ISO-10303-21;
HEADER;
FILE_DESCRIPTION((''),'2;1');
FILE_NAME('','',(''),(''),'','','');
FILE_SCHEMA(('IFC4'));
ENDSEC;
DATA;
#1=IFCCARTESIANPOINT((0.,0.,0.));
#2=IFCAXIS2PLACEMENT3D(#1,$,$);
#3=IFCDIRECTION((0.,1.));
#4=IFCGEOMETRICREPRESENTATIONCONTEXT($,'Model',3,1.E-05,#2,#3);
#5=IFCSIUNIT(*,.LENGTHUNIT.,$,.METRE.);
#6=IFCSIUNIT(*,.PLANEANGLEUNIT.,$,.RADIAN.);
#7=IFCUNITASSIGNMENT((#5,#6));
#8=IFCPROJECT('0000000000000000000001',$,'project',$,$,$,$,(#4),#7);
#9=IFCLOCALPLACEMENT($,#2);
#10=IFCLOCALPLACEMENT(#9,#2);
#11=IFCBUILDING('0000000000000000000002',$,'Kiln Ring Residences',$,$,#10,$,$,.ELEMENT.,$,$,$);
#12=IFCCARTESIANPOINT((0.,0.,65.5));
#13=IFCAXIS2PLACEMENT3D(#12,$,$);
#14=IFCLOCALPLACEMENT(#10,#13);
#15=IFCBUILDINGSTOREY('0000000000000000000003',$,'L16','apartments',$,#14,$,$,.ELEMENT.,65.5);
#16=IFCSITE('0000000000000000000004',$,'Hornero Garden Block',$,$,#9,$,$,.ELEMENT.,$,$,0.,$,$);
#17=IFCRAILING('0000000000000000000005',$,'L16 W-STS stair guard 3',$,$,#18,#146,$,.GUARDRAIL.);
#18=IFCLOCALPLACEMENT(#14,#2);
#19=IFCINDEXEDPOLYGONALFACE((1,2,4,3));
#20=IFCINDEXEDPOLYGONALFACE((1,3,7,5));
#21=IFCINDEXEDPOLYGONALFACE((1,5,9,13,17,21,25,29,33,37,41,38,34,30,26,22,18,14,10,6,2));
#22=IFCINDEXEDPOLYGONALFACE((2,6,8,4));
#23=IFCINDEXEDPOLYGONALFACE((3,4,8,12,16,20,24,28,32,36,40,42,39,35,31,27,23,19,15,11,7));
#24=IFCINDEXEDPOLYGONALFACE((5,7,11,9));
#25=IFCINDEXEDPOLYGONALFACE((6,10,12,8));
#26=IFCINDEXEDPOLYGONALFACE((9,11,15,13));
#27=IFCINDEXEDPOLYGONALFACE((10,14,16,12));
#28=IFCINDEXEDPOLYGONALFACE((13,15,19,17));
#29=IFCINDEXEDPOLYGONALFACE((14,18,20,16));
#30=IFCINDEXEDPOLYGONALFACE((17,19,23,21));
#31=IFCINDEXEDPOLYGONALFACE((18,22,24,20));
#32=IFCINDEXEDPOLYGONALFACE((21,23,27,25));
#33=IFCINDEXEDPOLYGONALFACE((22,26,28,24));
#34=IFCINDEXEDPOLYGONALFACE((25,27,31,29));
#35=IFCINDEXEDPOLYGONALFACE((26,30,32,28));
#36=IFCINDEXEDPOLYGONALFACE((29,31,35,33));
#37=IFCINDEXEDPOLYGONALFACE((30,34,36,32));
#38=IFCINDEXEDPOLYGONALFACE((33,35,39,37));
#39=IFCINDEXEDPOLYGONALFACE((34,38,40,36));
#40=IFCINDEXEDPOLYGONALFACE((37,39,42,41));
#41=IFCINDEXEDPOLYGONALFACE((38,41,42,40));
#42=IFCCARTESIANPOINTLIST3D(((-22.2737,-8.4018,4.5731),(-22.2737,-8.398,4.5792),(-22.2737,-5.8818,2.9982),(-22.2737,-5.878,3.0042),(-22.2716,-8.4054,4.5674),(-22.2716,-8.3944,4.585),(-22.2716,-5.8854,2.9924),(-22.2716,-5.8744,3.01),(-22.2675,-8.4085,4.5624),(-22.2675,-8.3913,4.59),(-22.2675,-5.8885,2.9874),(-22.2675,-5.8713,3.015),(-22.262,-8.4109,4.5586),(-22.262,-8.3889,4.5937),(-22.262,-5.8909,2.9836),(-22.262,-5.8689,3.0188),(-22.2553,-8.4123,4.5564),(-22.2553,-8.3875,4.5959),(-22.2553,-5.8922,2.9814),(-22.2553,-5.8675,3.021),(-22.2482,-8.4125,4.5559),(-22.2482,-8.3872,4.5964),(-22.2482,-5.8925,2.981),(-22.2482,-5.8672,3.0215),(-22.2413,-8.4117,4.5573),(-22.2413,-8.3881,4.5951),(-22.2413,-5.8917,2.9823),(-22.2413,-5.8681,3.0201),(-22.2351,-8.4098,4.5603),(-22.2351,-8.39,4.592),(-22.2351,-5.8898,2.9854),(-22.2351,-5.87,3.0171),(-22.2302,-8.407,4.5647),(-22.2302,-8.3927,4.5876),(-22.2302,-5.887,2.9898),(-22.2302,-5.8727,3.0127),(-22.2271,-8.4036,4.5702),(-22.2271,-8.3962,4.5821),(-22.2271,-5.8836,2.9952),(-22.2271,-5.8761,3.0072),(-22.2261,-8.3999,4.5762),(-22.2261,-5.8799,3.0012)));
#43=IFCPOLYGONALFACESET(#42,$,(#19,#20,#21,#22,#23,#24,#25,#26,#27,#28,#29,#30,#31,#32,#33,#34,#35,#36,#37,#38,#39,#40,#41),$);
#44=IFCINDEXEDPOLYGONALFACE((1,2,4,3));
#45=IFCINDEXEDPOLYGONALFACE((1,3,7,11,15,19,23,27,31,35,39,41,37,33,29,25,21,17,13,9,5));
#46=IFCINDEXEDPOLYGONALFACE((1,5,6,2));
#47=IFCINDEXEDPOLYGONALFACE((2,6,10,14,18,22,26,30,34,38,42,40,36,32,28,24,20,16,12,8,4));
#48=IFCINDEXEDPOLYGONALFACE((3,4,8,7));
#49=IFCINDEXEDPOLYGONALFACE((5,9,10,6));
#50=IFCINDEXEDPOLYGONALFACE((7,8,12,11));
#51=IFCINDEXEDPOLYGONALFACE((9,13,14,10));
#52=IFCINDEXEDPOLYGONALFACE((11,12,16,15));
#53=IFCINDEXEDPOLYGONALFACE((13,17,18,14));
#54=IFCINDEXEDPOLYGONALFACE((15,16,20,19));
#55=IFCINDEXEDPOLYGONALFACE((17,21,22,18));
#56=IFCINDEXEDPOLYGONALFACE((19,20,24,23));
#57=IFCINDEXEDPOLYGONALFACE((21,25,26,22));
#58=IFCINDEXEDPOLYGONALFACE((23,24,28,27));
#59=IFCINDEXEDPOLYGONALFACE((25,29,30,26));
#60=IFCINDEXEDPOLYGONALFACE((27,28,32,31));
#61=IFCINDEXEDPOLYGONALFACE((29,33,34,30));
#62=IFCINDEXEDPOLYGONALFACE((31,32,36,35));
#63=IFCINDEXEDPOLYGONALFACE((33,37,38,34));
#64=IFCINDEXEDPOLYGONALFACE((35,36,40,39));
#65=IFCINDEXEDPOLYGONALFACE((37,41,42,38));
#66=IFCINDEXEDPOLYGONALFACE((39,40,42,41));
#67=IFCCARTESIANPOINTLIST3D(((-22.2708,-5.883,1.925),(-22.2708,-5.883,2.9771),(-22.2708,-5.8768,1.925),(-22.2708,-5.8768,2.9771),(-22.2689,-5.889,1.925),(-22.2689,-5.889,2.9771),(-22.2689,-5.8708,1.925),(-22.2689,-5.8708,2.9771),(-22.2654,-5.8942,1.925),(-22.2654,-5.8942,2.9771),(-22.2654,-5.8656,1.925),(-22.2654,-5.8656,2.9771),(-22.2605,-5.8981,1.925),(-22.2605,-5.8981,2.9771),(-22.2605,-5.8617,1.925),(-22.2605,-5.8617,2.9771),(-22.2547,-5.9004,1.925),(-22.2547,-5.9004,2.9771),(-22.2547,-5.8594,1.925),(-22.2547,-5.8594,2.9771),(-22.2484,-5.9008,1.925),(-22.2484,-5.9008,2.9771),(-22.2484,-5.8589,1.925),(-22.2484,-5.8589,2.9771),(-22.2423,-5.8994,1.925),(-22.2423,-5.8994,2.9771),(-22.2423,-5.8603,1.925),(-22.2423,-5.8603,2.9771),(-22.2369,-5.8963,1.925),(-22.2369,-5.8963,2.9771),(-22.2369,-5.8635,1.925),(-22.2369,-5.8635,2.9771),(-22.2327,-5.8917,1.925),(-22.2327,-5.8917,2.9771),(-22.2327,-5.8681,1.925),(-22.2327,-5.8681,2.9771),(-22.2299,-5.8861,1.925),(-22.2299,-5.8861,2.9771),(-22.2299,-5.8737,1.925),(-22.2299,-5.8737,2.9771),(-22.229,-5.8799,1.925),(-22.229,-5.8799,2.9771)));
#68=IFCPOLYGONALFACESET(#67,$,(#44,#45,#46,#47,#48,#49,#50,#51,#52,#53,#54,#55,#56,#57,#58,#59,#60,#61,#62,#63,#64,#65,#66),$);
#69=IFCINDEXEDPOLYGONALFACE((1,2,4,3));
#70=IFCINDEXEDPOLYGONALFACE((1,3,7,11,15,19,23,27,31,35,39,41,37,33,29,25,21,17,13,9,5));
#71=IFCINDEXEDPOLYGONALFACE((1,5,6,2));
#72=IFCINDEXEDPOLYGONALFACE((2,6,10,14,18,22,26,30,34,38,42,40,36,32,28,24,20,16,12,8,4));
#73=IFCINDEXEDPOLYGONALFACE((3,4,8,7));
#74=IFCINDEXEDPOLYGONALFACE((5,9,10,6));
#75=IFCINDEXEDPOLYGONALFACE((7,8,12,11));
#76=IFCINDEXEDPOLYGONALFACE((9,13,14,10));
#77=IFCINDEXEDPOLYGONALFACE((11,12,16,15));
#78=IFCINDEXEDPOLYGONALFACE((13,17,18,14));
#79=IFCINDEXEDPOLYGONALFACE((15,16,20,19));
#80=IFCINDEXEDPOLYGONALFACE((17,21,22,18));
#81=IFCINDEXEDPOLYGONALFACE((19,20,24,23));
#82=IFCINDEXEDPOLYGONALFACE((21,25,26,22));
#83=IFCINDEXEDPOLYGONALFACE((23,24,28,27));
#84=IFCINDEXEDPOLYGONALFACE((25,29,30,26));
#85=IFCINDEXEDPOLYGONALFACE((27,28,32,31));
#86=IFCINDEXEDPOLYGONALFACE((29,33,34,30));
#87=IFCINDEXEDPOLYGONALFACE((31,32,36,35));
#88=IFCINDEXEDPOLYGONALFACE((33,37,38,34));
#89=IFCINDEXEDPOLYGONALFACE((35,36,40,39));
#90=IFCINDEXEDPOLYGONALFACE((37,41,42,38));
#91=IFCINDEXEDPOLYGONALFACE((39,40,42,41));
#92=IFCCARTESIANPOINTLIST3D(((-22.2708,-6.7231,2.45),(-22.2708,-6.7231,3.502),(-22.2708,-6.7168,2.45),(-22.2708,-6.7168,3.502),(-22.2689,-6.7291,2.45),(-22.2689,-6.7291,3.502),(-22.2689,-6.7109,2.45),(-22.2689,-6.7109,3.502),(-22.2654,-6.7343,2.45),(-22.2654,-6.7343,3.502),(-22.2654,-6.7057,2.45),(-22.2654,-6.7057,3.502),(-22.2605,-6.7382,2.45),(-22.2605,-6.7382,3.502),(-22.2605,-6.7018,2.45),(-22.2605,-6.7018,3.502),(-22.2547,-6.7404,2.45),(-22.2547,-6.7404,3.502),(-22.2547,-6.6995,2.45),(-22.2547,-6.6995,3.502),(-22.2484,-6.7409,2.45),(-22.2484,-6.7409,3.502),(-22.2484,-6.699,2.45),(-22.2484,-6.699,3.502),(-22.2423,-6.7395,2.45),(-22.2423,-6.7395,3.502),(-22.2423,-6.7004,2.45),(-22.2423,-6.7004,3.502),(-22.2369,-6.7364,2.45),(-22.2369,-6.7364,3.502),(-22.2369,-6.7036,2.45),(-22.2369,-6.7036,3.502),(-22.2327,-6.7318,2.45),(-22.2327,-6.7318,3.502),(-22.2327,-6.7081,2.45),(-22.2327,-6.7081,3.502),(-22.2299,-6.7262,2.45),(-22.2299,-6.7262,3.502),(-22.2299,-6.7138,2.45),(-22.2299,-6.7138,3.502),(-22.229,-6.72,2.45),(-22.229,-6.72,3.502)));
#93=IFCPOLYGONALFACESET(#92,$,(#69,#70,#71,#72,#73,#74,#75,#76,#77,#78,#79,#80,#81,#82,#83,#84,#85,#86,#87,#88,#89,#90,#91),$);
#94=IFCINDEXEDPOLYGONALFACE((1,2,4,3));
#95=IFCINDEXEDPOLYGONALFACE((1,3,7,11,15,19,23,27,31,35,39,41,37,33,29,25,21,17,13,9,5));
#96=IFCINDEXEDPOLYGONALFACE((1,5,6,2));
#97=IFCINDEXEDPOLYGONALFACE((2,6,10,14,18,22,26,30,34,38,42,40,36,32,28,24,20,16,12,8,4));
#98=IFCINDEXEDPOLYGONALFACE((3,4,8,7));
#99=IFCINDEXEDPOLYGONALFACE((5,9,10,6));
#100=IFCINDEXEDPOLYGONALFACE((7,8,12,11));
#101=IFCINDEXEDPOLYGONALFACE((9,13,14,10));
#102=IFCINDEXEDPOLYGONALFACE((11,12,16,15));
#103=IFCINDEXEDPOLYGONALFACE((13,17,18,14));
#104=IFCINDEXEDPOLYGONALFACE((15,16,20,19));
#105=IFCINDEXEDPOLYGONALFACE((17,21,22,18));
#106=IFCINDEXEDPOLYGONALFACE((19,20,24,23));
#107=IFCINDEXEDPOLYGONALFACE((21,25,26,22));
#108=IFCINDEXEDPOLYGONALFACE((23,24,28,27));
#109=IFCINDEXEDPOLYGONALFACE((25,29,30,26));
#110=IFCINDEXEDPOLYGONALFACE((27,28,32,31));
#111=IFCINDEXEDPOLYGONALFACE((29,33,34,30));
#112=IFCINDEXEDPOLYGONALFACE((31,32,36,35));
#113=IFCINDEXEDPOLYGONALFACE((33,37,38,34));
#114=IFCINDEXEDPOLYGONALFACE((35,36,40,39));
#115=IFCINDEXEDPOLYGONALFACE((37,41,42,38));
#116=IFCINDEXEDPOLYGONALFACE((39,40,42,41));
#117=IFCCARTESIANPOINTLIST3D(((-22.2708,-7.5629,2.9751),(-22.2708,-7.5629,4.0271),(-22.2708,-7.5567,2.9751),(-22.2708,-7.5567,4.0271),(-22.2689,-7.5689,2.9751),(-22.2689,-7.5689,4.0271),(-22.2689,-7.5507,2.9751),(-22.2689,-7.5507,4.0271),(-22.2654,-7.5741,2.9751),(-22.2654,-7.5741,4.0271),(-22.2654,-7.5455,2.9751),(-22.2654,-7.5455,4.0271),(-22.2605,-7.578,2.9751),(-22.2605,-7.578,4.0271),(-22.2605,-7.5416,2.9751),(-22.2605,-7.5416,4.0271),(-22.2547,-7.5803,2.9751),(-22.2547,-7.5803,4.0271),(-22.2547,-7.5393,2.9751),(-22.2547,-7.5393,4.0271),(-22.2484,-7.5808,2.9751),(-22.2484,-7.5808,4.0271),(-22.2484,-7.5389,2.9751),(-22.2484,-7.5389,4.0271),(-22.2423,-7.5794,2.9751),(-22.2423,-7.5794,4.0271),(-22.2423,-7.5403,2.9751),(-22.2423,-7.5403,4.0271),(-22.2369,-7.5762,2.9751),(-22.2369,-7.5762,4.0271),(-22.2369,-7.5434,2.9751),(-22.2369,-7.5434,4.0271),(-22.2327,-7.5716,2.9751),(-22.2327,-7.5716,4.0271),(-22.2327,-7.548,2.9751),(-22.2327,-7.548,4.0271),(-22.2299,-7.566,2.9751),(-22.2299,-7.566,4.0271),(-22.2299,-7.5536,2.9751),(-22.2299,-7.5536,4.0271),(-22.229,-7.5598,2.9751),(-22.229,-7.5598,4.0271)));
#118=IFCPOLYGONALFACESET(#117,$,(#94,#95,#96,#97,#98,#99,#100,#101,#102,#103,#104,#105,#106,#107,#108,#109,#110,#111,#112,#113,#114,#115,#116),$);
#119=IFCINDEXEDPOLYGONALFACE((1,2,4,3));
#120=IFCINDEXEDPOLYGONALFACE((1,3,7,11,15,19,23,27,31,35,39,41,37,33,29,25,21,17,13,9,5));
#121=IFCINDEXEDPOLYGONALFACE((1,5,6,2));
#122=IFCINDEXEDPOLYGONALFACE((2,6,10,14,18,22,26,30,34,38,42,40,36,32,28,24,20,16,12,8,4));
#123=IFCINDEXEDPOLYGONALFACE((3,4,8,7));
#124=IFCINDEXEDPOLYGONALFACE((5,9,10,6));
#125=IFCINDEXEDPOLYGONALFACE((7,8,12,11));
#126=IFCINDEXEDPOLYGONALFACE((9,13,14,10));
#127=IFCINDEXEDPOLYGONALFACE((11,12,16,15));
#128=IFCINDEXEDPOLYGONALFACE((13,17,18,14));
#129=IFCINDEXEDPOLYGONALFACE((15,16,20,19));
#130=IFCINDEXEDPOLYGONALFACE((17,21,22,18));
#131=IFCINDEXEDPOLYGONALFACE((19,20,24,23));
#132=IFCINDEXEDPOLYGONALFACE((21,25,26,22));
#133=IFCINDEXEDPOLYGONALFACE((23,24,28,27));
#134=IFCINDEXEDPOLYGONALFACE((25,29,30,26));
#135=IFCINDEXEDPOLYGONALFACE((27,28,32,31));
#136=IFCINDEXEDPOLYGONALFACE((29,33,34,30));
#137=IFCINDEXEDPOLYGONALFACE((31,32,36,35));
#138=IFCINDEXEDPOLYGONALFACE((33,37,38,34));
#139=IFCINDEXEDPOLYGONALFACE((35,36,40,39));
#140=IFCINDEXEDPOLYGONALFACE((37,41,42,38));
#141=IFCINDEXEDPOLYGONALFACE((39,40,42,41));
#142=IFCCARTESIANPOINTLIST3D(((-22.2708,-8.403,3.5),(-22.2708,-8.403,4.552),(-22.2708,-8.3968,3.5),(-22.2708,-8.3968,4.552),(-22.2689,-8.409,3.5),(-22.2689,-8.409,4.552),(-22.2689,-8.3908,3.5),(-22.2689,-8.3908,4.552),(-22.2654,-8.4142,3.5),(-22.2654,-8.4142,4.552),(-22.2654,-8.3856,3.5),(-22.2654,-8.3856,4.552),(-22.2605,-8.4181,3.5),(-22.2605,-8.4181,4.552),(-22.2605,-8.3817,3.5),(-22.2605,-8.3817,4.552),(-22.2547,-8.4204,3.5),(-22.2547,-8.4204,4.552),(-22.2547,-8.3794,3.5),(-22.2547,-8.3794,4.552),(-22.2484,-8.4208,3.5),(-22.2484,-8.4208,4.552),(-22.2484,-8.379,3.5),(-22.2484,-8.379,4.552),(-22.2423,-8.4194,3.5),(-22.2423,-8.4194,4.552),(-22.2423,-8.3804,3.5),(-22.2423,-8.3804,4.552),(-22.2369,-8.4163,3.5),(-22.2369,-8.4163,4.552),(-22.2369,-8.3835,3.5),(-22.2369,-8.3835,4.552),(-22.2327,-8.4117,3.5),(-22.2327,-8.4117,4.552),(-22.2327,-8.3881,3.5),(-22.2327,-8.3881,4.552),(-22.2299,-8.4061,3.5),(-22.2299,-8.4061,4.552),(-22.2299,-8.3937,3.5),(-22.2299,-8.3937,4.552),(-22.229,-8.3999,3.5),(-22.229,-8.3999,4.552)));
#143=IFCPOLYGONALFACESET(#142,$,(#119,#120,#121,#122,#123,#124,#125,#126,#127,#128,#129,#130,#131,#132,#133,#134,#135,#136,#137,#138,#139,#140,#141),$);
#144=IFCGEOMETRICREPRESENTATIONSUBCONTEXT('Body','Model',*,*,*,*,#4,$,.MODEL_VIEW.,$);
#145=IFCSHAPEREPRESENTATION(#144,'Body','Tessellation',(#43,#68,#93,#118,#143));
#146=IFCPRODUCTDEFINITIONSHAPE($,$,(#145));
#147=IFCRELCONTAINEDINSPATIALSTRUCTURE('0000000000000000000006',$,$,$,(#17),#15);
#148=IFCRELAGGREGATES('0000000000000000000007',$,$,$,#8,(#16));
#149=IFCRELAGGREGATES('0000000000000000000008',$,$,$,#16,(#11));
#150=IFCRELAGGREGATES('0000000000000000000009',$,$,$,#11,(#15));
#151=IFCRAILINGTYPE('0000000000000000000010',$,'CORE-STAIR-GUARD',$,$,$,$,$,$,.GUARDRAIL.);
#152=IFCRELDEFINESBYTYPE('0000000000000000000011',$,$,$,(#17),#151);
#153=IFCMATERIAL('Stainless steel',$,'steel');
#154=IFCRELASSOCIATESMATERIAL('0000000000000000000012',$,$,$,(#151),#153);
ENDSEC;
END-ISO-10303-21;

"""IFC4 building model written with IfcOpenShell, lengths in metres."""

from ifc_helpers import new_model, si_unit, direction, frame, origin, origin_2d, place, context, subcontext, project, spatial, circle, extrude, material, type_object, element, save


model = new_model("IFC4")

# Units and contexts
model_context = context("Model", 3, precision=1e-05, world=origin(), true_north=direction((0.0, 1.0)))
body_context = subcontext(model_context, "Body", "Model", "MODEL_VIEW")
ifc_project = project(units=[si_unit("LENGTHUNIT", "METRE"), si_unit("PLANEANGLEUNIT", "RADIAN")], contexts=[model_context])

# Site, building, storey
site_placement = place(None, origin())
site = spatial("IfcSite", under=ifc_project, at=site_placement, Name="Hornero Garden Block", CompositionType="ELEMENT", RefElevation=0.0)
building_placement = place(site_placement, origin())
building = spatial("IfcBuilding", under=site, at=building_placement, Name="Kiln Ring Residences", CompositionType="ELEMENT")
storey_placement = place(building_placement, frame((0.0, 0.0, 65.5)))
storey = spatial("IfcBuildingStorey", under=building, at=storey_placement, Name="L16", Description="apartments", CompositionType="ELEMENT", Elevation=65.5)

# Railing
ifc_material_1 = material(Name="Stainless steel", Category="steel")
railing_type_1 = type_object("IfcRailingType", Name="CORE-STAIR-GUARD", PredefinedType="GUARDRAIL", material=ifc_material_1)
railing_1_placement = place(storey_placement, frame((-22.25, -5.8799, 1.925)))
element("IfcRailing", 1, at=railing_1_placement, inside=storey, type_object=railing_type_1, Name="L16 W-STS stair guard 3", PredefinedType="GUARDRAIL", context=body_context, shape_type="SweptSolid", body=[
    extrude(circle(Radius=0.0239, at=origin_2d()), frame((0.0, 0.0, 1.0762), z_axis=(0.0, -0.848008, 0.529984), x_axis=(1.0, 0.0, 0.0)), (0.0, 0.0, 1.0), 2.9717),
    extrude(circle(Radius=0.021, at=origin_2d()), origin(), (0.0, 0.0, 1.0), 1.052),
    extrude(circle(Radius=0.021, at=origin_2d()), frame((0.0, -0.8401, 0.5249)), (0.0, 0.0, 1.0), 1.052),
    extrude(circle(Radius=0.021, at=origin_2d()), frame((0.0, -1.6799, 1.05)), (0.0, 0.0, 1.0), 1.052),
    extrude(circle(Radius=0.021, at=origin_2d()), frame((0.0, -2.52, 1.575)), (0.0, 0.0, 1.0), 1.052),
])

save(model, "model.ifc")
